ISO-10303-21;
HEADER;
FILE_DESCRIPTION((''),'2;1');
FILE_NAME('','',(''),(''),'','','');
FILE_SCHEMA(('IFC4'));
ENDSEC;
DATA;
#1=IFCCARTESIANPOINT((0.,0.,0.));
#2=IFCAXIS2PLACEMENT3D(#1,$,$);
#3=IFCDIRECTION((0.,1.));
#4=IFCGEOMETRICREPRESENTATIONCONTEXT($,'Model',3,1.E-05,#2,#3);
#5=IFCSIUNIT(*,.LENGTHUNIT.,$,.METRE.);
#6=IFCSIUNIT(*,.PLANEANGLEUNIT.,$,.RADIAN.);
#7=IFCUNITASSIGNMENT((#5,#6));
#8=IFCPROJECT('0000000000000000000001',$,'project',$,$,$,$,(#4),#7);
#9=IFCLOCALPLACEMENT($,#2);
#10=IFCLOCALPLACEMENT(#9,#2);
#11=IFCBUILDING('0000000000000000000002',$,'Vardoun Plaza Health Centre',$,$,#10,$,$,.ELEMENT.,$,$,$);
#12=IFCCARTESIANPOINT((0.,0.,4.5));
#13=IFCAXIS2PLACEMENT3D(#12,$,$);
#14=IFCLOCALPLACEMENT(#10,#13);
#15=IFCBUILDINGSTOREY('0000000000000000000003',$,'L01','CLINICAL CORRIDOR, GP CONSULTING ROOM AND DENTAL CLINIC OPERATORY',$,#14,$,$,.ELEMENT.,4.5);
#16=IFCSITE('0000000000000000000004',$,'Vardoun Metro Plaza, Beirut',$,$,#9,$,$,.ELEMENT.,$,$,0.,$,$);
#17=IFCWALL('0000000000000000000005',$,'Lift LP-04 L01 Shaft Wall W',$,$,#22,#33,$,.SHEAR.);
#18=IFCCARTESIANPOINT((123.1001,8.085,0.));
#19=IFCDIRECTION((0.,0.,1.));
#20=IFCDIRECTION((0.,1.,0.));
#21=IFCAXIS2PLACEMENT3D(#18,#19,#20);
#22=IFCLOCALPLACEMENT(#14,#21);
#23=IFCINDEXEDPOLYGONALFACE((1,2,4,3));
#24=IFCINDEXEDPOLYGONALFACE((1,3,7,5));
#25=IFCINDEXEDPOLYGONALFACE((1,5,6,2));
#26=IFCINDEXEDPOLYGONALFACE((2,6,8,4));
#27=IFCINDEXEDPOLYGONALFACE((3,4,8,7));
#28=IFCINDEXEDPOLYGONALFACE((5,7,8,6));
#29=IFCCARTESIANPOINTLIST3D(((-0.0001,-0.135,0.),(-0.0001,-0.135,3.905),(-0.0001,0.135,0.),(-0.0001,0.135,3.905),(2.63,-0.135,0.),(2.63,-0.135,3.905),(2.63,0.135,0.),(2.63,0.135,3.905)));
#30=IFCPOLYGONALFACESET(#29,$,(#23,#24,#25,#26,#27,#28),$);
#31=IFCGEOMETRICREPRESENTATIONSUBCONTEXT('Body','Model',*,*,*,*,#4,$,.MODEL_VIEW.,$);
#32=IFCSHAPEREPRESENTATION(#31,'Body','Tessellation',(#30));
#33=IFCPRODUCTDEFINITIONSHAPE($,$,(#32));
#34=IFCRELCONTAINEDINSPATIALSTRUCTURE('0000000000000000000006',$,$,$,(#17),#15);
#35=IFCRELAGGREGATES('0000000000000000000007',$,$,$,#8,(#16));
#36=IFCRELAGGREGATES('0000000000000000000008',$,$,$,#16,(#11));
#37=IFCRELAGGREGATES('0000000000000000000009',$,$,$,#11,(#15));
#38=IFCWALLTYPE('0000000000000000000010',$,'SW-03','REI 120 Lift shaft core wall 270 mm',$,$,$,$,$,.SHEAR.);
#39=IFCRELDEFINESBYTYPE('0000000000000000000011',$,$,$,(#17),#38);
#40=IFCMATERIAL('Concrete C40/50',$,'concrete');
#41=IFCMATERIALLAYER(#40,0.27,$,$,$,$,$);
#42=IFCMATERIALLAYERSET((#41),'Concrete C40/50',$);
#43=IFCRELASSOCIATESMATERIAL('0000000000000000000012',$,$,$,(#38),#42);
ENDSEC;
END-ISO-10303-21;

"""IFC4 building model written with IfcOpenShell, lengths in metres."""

from ifc_helpers import new_model, si_unit, direction, frame, frame_2d, origin, place, context, subcontext, project, spatial, rectangle, extrude, material, layer, layer_set, type_object, element, save


model = new_model("IFC4")

# Units and contexts
model_context = context("Model", 3, precision=1e-05, world=origin(), true_north=direction((0.0, 1.0)))
body_context = subcontext(model_context, "Body", "Model", "MODEL_VIEW")
ifc_project = project(units=[si_unit("LENGTHUNIT", "METRE"), si_unit("PLANEANGLEUNIT", "RADIAN")], contexts=[model_context])

# Site, building, storey
site_placement = place(None, origin())
site = spatial("IfcSite", under=ifc_project, at=site_placement, Name="Vardoun Metro Plaza, Beirut", CompositionType="ELEMENT", RefElevation=0.0)
building_placement = place(site_placement, origin())
building = spatial("IfcBuilding", under=site, at=building_placement, Name="Vardoun Plaza Health Centre", CompositionType="ELEMENT")
storey_placement = place(building_placement, frame((0.0, 0.0, 4.5)))
storey = spatial("IfcBuildingStorey", under=building, at=storey_placement, Name="L01", Description="CLINICAL CORRIDOR, GP CONSULTING ROOM AND DENTAL CLINIC OPERATORY", CompositionType="ELEMENT", Elevation=4.5)

# Wall
ifc_material_1 = material(Name="Concrete C40/50", Category="concrete")
ifc_layer_1 = layer(ifc_material_1, 0.27)
ifc_layer_set_1 = layer_set([ifc_layer_1], Name="Concrete C40/50")
wall_type_1 = type_object("IfcWallType", Name="SW-03", Description="REI 120 Lift shaft core wall 270 mm", PredefinedType="SHEAR", material=ifc_layer_set_1)
wall_1_placement = place(storey_placement, frame((123.1001, 8.085, 0.0), z_axis=(0.0, 0.0, 1.0), x_axis=(0.0, 1.0, 0.0)))
element("IfcWall", 1, at=wall_1_placement, inside=storey, type_object=wall_type_1, Name="Lift LP-04 L01 Shaft Wall W", PredefinedType="SHEAR", context=body_context, shape_type="SweptSolid", body=[
    extrude(rectangle(XDim=2.6301, YDim=0.27, at=frame_2d((1.3149, 0.0))), origin(), (0.0, 0.0, 1.0), 3.905),
])

save(model, "model.ifc")
